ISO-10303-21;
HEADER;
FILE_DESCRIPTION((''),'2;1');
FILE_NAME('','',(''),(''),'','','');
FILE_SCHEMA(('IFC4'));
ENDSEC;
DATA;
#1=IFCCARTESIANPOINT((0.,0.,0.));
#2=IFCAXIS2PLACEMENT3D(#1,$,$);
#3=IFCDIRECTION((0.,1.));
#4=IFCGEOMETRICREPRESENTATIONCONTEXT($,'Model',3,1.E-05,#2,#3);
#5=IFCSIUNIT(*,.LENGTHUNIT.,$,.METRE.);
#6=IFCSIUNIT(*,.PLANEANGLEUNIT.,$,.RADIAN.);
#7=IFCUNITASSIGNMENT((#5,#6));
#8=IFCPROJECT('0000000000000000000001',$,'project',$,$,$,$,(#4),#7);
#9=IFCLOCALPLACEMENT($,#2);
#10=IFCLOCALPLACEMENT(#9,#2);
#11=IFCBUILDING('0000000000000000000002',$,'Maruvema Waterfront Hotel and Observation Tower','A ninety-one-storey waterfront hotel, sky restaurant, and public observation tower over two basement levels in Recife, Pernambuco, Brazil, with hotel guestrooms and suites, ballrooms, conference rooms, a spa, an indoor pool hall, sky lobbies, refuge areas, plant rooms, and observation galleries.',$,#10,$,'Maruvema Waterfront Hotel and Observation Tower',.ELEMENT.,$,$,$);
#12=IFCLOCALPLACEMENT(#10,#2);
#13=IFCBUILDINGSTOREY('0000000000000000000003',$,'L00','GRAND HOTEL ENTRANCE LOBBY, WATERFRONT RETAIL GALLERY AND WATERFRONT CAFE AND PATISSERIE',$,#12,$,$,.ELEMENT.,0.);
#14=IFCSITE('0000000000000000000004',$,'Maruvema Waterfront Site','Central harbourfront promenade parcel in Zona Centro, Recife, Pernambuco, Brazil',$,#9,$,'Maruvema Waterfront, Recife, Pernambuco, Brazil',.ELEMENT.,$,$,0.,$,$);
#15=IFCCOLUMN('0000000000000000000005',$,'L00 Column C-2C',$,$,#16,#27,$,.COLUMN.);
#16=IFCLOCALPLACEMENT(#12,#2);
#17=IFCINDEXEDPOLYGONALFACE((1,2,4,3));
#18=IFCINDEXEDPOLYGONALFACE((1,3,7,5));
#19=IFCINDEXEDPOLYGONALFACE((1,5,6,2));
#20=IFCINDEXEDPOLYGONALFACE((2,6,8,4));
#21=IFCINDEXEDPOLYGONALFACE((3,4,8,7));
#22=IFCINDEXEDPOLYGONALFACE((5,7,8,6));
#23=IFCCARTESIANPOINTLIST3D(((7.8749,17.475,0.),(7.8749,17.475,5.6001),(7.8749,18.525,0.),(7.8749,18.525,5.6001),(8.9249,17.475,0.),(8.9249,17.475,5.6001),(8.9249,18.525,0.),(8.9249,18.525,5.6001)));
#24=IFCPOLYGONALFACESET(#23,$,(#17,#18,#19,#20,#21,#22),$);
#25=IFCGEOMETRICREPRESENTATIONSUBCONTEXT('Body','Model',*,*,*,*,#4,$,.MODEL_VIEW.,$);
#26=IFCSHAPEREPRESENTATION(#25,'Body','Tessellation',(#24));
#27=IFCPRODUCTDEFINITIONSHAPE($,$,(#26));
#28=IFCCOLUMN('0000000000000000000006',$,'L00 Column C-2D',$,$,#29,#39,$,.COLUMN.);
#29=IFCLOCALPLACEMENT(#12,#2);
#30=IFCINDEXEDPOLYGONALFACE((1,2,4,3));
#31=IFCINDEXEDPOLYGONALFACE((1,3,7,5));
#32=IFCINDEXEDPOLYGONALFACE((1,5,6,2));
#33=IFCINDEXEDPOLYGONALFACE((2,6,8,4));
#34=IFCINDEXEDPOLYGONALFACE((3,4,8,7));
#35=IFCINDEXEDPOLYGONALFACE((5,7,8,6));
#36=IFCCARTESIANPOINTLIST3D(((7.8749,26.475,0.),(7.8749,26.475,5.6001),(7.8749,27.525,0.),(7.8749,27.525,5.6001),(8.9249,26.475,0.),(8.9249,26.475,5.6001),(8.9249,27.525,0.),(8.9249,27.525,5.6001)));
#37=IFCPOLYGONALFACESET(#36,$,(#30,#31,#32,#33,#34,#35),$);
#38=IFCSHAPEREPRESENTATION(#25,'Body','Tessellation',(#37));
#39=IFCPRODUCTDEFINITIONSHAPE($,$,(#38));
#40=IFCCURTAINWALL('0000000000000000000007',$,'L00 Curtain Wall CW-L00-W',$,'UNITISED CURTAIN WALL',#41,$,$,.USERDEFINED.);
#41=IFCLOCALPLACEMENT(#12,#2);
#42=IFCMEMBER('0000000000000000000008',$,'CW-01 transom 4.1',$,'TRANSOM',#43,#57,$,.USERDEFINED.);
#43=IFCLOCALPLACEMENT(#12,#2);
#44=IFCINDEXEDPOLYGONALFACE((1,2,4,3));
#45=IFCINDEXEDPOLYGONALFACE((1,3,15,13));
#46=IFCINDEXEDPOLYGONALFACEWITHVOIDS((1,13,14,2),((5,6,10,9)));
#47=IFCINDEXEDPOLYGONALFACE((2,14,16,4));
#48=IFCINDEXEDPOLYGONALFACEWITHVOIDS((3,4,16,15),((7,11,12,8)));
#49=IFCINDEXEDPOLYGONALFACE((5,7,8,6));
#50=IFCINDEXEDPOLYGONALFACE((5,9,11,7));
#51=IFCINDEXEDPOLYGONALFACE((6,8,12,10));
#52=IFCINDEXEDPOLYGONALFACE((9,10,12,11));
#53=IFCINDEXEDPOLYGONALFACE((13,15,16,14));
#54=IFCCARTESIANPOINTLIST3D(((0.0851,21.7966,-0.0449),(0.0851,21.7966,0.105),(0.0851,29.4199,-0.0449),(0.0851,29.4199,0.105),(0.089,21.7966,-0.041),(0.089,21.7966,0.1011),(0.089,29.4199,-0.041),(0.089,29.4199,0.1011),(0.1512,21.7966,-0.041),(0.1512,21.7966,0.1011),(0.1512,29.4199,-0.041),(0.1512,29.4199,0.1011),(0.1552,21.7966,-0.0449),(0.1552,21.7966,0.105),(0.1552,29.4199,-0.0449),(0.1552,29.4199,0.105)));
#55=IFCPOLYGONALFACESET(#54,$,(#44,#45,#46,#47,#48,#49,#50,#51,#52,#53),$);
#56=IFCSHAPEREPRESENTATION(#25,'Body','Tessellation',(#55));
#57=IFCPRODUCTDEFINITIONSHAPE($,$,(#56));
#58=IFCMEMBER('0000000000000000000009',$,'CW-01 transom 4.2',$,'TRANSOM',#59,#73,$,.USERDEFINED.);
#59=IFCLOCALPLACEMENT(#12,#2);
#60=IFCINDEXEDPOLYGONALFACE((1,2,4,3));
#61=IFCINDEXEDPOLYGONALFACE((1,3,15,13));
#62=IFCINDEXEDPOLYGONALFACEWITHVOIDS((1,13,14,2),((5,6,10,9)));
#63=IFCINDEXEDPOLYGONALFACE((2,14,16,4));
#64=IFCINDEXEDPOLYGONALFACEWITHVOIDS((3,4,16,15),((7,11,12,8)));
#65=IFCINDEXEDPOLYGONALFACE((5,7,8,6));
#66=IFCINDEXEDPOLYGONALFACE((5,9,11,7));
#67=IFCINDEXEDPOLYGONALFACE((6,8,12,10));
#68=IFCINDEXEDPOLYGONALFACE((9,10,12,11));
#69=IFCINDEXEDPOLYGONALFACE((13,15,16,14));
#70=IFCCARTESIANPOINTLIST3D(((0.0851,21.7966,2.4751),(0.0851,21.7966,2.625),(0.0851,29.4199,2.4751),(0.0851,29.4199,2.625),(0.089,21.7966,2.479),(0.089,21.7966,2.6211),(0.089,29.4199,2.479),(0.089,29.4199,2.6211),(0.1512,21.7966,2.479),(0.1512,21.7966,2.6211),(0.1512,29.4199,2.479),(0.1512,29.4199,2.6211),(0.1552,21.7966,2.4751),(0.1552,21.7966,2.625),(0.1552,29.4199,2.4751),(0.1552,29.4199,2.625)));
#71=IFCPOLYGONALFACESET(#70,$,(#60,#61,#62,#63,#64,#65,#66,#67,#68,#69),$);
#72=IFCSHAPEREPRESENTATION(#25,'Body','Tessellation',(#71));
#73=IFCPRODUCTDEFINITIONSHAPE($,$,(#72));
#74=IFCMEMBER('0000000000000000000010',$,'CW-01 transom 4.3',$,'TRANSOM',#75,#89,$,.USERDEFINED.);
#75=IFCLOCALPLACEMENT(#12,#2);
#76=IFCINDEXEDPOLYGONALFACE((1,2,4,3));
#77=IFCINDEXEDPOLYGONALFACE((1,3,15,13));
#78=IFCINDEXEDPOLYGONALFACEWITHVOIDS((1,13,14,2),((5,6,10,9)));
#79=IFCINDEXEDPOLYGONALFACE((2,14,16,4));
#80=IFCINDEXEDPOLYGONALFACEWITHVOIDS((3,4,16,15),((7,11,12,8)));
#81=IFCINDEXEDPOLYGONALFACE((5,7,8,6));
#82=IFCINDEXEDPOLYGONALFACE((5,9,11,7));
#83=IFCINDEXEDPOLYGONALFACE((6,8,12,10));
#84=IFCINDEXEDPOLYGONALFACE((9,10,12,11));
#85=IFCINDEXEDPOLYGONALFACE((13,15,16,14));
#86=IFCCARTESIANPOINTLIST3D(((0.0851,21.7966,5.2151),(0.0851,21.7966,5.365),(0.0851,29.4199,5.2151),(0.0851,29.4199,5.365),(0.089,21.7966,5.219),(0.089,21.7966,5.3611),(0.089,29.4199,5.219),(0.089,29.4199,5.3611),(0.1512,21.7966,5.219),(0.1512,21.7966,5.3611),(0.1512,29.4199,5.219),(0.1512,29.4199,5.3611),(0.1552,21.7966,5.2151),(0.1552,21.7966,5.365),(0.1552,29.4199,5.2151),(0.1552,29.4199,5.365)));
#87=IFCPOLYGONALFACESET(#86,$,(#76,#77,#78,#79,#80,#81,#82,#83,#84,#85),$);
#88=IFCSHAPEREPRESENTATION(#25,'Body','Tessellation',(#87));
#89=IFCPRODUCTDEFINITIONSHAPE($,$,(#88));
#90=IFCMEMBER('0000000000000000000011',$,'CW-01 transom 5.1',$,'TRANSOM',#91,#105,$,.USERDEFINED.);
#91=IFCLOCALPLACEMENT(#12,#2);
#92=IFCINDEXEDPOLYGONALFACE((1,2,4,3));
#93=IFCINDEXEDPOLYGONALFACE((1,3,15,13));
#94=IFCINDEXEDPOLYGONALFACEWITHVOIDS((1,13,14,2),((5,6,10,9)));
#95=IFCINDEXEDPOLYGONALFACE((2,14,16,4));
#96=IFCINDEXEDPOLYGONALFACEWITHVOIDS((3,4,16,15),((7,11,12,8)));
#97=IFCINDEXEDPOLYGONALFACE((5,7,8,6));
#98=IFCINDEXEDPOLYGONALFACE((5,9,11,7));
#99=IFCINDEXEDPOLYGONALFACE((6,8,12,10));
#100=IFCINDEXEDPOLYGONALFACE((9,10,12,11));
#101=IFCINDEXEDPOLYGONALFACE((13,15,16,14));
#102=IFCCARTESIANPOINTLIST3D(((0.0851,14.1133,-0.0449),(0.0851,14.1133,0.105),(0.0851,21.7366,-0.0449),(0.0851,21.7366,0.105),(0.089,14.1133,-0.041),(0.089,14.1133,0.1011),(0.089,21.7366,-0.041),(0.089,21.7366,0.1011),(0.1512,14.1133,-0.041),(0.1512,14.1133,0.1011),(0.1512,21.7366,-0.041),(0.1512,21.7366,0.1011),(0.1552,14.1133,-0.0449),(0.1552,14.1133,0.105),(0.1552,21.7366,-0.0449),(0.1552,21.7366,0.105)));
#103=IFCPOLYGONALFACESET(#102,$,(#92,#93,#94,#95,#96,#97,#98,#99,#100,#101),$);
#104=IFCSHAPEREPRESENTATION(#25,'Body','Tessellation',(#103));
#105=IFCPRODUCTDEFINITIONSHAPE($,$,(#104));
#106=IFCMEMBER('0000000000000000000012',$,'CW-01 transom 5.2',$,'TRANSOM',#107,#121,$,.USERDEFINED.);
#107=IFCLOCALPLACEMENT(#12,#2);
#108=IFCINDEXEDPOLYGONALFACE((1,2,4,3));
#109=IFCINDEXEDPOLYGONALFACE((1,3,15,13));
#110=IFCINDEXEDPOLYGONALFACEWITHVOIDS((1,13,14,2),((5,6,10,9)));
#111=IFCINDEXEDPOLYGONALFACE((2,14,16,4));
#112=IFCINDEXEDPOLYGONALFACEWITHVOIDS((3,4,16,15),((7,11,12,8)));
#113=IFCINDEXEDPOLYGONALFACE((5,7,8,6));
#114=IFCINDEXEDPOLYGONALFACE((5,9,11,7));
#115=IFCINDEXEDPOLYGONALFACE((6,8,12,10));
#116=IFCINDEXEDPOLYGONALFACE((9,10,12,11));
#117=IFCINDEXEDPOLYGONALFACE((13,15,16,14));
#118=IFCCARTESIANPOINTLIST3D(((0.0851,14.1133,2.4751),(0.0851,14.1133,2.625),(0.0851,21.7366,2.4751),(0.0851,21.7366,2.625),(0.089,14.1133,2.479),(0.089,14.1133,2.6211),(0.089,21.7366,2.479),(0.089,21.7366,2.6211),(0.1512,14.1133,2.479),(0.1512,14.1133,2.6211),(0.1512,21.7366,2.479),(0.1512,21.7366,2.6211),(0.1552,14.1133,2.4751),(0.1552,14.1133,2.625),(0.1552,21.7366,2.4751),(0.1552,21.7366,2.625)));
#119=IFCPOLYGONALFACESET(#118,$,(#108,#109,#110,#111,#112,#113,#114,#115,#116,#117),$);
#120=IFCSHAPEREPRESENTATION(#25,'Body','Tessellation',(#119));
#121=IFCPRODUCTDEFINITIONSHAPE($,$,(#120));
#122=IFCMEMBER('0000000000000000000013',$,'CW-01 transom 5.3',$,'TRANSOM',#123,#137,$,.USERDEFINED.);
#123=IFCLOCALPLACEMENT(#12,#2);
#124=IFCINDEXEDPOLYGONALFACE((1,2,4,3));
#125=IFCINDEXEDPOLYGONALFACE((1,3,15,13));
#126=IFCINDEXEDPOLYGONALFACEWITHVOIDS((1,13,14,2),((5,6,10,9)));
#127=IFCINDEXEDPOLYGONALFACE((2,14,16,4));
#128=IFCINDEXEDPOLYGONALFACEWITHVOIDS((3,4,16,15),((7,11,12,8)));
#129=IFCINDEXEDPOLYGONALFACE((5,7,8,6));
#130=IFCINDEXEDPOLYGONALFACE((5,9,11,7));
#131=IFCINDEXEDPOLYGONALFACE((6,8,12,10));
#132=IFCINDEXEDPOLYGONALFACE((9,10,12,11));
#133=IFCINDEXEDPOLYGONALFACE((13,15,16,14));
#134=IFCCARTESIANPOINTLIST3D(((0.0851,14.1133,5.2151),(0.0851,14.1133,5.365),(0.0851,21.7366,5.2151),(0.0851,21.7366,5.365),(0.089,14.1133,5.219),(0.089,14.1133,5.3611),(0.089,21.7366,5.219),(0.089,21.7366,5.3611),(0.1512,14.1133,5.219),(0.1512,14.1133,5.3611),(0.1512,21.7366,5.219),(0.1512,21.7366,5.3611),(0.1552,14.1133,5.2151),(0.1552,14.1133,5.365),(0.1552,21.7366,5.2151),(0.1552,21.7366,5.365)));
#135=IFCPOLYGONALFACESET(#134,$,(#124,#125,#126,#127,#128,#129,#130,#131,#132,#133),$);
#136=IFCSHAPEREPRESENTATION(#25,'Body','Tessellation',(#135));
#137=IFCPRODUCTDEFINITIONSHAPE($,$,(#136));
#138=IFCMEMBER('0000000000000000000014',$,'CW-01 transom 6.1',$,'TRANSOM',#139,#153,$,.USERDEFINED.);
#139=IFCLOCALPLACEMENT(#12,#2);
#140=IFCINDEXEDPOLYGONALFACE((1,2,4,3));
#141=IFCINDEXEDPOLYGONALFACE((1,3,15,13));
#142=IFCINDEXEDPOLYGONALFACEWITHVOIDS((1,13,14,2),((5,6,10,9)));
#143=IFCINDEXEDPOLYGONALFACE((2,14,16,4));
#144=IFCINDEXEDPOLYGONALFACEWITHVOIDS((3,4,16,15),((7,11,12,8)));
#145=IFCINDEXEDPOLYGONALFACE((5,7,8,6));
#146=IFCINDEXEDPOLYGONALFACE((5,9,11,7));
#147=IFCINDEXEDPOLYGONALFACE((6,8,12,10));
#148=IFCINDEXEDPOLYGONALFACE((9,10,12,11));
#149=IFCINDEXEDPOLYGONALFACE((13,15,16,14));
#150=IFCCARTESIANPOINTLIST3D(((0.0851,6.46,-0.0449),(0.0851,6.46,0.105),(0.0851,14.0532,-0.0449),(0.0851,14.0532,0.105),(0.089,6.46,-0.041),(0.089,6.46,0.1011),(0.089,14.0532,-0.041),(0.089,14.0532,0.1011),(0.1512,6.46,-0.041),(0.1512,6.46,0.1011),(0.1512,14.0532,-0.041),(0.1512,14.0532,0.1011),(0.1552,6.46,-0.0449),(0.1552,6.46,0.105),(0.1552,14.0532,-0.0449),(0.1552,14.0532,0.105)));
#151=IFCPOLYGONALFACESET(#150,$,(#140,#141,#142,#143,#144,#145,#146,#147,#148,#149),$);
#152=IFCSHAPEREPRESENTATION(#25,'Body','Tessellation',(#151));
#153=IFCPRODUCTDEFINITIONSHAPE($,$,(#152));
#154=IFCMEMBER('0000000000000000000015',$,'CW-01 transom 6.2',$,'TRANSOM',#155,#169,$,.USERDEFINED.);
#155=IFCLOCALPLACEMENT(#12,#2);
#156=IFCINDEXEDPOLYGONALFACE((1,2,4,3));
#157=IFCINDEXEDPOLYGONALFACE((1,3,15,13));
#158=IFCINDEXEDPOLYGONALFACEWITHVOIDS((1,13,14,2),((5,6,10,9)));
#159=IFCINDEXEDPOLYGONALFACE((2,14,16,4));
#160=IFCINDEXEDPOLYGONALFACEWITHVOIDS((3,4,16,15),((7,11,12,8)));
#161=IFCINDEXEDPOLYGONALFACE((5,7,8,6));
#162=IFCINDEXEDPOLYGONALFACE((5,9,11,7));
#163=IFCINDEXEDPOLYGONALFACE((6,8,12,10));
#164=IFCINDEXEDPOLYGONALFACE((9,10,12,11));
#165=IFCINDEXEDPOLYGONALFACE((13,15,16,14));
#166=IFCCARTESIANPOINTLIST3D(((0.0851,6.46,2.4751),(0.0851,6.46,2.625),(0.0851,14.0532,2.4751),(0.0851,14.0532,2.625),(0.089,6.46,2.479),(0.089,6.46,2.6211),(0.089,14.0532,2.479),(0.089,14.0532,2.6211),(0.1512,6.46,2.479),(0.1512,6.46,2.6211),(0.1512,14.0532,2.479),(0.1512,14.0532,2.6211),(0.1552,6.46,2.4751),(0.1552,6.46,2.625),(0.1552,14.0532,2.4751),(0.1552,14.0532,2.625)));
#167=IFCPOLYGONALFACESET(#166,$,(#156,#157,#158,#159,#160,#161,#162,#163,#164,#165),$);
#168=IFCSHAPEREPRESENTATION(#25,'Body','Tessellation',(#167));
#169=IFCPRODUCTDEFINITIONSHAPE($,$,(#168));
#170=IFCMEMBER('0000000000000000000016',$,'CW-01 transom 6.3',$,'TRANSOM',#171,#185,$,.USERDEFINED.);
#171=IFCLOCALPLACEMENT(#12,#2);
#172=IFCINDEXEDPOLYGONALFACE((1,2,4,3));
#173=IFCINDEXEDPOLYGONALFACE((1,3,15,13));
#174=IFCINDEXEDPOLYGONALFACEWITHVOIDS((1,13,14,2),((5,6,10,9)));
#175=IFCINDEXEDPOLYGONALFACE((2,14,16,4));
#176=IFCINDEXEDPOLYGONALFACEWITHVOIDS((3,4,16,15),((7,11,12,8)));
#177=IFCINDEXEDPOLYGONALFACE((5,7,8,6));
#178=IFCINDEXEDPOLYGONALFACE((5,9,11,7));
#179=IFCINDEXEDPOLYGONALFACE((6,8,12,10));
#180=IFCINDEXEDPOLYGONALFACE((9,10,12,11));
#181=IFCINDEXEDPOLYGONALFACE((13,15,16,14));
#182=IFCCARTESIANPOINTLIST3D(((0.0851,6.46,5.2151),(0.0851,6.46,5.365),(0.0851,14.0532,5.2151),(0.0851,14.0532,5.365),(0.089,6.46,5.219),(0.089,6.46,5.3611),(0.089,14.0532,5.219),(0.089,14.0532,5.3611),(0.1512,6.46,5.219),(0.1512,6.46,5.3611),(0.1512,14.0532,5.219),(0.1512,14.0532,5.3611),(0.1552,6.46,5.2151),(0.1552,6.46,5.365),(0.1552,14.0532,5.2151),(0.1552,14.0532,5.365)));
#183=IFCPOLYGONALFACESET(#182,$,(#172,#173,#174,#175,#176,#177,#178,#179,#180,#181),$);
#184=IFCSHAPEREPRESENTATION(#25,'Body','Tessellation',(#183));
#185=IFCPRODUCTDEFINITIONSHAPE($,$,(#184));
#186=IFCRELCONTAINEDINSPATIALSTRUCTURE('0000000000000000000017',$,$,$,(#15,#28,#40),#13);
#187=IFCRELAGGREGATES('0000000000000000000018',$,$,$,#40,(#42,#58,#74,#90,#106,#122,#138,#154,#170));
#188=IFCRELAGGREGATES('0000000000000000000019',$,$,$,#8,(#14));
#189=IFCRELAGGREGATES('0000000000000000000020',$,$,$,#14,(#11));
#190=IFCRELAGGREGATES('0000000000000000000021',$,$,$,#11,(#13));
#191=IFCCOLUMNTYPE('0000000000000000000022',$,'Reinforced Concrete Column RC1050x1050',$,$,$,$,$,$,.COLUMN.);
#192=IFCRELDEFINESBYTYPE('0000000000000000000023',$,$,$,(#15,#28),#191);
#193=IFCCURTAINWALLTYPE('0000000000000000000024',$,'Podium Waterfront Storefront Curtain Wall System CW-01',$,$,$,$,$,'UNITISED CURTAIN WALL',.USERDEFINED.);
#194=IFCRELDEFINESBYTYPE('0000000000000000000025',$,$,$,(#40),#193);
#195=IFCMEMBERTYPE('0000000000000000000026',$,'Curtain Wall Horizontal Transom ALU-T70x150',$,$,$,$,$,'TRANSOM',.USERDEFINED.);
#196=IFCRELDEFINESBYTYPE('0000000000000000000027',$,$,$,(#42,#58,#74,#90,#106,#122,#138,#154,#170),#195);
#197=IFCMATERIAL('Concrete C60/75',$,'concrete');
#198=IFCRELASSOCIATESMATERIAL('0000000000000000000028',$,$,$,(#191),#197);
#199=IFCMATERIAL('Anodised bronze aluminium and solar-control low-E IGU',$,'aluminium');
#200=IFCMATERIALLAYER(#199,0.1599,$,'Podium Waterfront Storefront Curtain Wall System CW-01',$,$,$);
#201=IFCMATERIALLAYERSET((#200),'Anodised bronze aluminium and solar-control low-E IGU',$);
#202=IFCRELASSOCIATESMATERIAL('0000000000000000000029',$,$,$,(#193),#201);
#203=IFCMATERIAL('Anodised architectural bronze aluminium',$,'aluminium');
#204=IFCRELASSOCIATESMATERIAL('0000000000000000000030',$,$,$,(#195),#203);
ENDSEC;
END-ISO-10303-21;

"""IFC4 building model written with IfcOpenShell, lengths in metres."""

from ifc_helpers import new_model, si_unit, direction, frame, origin, origin_2d, place, context, subcontext, project, spatial, rectangle, hollow_rectangle, extrude, material, layer, layer_set, material_profile, profile_set, type_object, element, aggregate, save


model = new_model("IFC4")

# Units and contexts
model_context = context("Model", 3, precision=1e-05, world=origin(), true_north=direction((0.0, 1.0)))
body_context = subcontext(model_context, "Body", "Model", "MODEL_VIEW")
ifc_project = project(units=[si_unit("LENGTHUNIT", "METRE"), si_unit("PLANEANGLEUNIT", "RADIAN")], contexts=[model_context])

# Site, building, storey
site_placement = place(None, origin())
site = spatial("IfcSite", under=ifc_project, at=site_placement, Name="Maruvema Waterfront Site", Description="Central harbourfront promenade parcel in Zona Centro, Recife, Pernambuco, Brazil", LongName="Maruvema Waterfront, Recife, Pernambuco, Brazil", CompositionType="ELEMENT", RefElevation=0.0)
building_placement = place(site_placement, origin())
building = spatial("IfcBuilding", under=site, at=building_placement, Name="Maruvema Waterfront Hotel and Observation Tower", Description="A ninety-one-storey waterfront hotel, sky restaurant, and public observation tower over two basement levels in Recife, Pernambuco, Brazil, with hotel guestrooms and suites, ballrooms, conference rooms, a spa, an indoor pool hall, sky lobbies, refuge areas, plant rooms, and observation galleries.", LongName="Maruvema Waterfront Hotel and Observation Tower", CompositionType="ELEMENT")
storey_placement = place(building_placement, origin())
storey = spatial("IfcBuildingStorey", under=building, at=storey_placement, Name="L00", Description="GRAND HOTEL ENTRANCE LOBBY, WATERFRONT RETAIL GALLERY AND WATERFRONT CAFE AND PATISSERIE", CompositionType="ELEMENT", Elevation=0.0)

# Columns
ifc_material_1 = material(Name="Concrete C60/75", Category="concrete")
ifc_material_profile_1 = material_profile(ifc_material_1, rectangle(XDim=1.05, YDim=1.05, at=origin_2d()), Name="RC1050x1050")
ifc_profile_set_1 = profile_set([ifc_material_profile_1], Name="Concrete C60/75")
column_type = type_object("IfcColumnType", Name="Reinforced Concrete Column RC1050x1050", PredefinedType="COLUMN", material=ifc_profile_set_1)
for number, where, z_axis, x_axis, name in (
    (1, (8.3999, 18.0, 0.0), (0.0, 0.0, 1.0), (1.0, 0.0, 0.0), "L00 Column C-2C"),
    (2, (8.3999, 27.0, 0.0), (0.0, 0.0, 1.0), (1.0, 0.0, 0.0), "L00 Column C-2D"),
):
    element("IfcColumn", number, at=place(storey_placement, frame(where, z_axis=z_axis, x_axis=x_axis)), inside=storey, type_object=column_type, Name=name, PredefinedType="COLUMN", context=body_context, shape_type="SweptSolid", body=[
        extrude(rectangle(XDim=1.05, YDim=1.05, at=origin_2d()), origin(), (0.0, 0.0, 1.0), 5.6001),
    ])

# Curtain wall, members
ifc_material_2 = material(Name="Anodised bronze aluminium and solar-control low-E IGU", Category="aluminium")
ifc_layer_1 = layer(ifc_material_2, 0.1599, Name="Podium Waterfront Storefront Curtain Wall System CW-01")
ifc_layer_set_1 = layer_set([ifc_layer_1], Name="Anodised bronze aluminium and solar-control low-E IGU")
curtain_wall_type = type_object("IfcCurtainWallType", Name="Podium Waterfront Storefront Curtain Wall System CW-01", ElementType="UNITISED CURTAIN WALL", PredefinedType="USERDEFINED", material=ifc_layer_set_1)
curtain_wall_placement = place(storey_placement, origin())
curtain_wall = element("IfcCurtainWall", 3, at=curtain_wall_placement, inside=storey, type_object=curtain_wall_type, Name="L00 Curtain Wall CW-L00-W", ObjectType="UNITISED CURTAIN WALL", PredefinedType="USERDEFINED")
ifc_material_3 = material(Name="Anodised architectural bronze aluminium", Category="aluminium")
ifc_material_profile_2 = material_profile(ifc_material_3, hollow_rectangle(XDim=0.0701, YDim=0.1499, WallThickness=0.0039, at=origin_2d()), Name="ALU-T70x150")
ifc_profile_set_2 = profile_set([ifc_material_profile_2], Name="Anodised architectural bronze aluminium")
member_type_1 = type_object("IfcMemberType", Name="Curtain Wall Horizontal Transom ALU-T70x150", ElementType="TRANSOM", PredefinedType="USERDEFINED", material=ifc_profile_set_2)
member_1_placement = place(storey_placement, frame((0.1201, 29.4199, 0.03), z_axis=(0.0, -1.0, 0.0), x_axis=(1.0, 0.0, 0.0)))
member_1 = element("IfcMember", 4, at=member_1_placement, type_object=member_type_1, Name="CW-01 transom 4.1", ObjectType="TRANSOM", PredefinedType="USERDEFINED", context=body_context, shape_type="SweptSolid", body=[
    extrude(hollow_rectangle(XDim=0.0701, YDim=0.1499, WallThickness=0.0039, at=origin_2d()), origin(), (0.0, 0.0, 1.0), 7.6233),
])
member_2_placement = place(storey_placement, frame((0.1201, 29.4199, 2.55), z_axis=(0.0, -1.0, 0.0), x_axis=(1.0, 0.0, 0.0)))
member_2 = element("IfcMember", 5, at=member_2_placement, type_object=member_type_1, Name="CW-01 transom 4.2", ObjectType="TRANSOM", PredefinedType="USERDEFINED", context=body_context, shape_type="SweptSolid", body=[
    extrude(hollow_rectangle(XDim=0.0701, YDim=0.1499, WallThickness=0.0039, at=origin_2d()), origin(), (0.0, 0.0, 1.0), 7.6233),
])
member_3_placement = place(storey_placement, frame((0.1201, 29.4199, 5.29), z_axis=(0.0, -1.0, 0.0), x_axis=(1.0, 0.0, 0.0)))
member_3 = element("IfcMember", 6, at=member_3_placement, type_object=member_type_1, Name="CW-01 transom 4.3", ObjectType="TRANSOM", PredefinedType="USERDEFINED", context=body_context, shape_type="SweptSolid", body=[
    extrude(hollow_rectangle(XDim=0.0701, YDim=0.1499, WallThickness=0.0039, at=origin_2d()), origin(), (0.0, 0.0, 1.0), 7.6233),
])
member_4_placement = place(storey_placement, frame((0.1201, 21.7366, 0.03), z_axis=(0.0, -1.0, 0.0), x_axis=(1.0, 0.0, 0.0)))
member_4 = element("IfcMember", 7, at=member_4_placement, type_object=member_type_1, Name="CW-01 transom 5.1", ObjectType="TRANSOM", PredefinedType="USERDEFINED", context=body_context, shape_type="SweptSolid", body=[
    extrude(hollow_rectangle(XDim=0.0701, YDim=0.1499, WallThickness=0.0039, at=origin_2d()), origin(), (0.0, 0.0, 1.0), 7.6233),
])
member_5_placement = place(storey_placement, frame((0.1201, 21.7366, 2.55), z_axis=(0.0, -1.0, 0.0), x_axis=(1.0, 0.0, 0.0)))
member_5 = element("IfcMember", 8, at=member_5_placement, type_object=member_type_1, Name="CW-01 transom 5.2", ObjectType="TRANSOM", PredefinedType="USERDEFINED", context=body_context, shape_type="SweptSolid", body=[
    extrude(hollow_rectangle(XDim=0.0701, YDim=0.1499, WallThickness=0.0039, at=origin_2d()), origin(), (0.0, 0.0, 1.0), 7.6233),
])
member_6_placement = place(storey_placement, frame((0.1201, 21.7366, 5.29), z_axis=(0.0, -1.0, 0.0), x_axis=(1.0, 0.0, 0.0)))
member_6 = element("IfcMember", 9, at=member_6_placement, type_object=member_type_1, Name="CW-01 transom 5.3", ObjectType="TRANSOM", PredefinedType="USERDEFINED", context=body_context, shape_type="SweptSolid", body=[
    extrude(hollow_rectangle(XDim=0.0701, YDim=0.1499, WallThickness=0.0039, at=origin_2d()), origin(), (0.0, 0.0, 1.0), 7.6233),
])
member_7_placement = place(storey_placement, frame((0.1201, 14.0532, 0.03), z_axis=(0.0, -1.0, 0.0), x_axis=(1.0, 0.0, 0.0)))
member_7 = element("IfcMember", 10, at=member_7_placement, type_object=member_type_1, Name="CW-01 transom 6.1", ObjectType="TRANSOM", PredefinedType="USERDEFINED", context=body_context, shape_type="SweptSolid", body=[
    extrude(hollow_rectangle(XDim=0.0701, YDim=0.1499, WallThickness=0.0039, at=origin_2d()), origin(), (0.0, 0.0, 1.0), 7.5933),
])
member_8_placement = place(storey_placement, frame((0.1201, 14.0532, 2.55), z_axis=(0.0, -1.0, 0.0), x_axis=(1.0, 0.0, 0.0)))
member_8 = element("IfcMember", 11, at=member_8_placement, type_object=member_type_1, Name="CW-01 transom 6.2", ObjectType="TRANSOM", PredefinedType="USERDEFINED", context=body_context, shape_type="SweptSolid", body=[
    extrude(hollow_rectangle(XDim=0.0701, YDim=0.1499, WallThickness=0.0039, at=origin_2d()), origin(), (0.0, 0.0, 1.0), 7.5933),
])
member_9_placement = place(storey_placement, frame((0.1201, 14.0532, 5.29), z_axis=(0.0, -1.0, 0.0), x_axis=(1.0, 0.0, 0.0)))
member_9 = element("IfcMember", 12, at=member_9_placement, type_object=member_type_1, Name="CW-01 transom 6.3", ObjectType="TRANSOM", PredefinedType="USERDEFINED", context=body_context, shape_type="SweptSolid", body=[
    extrude(hollow_rectangle(XDim=0.0701, YDim=0.1499, WallThickness=0.0039, at=origin_2d()), origin(), (0.0, 0.0, 1.0), 7.5933),
])

aggregate(curtain_wall, [member_1, member_2, member_3, member_4, member_5, member_6, member_7, member_8, member_9])

save(model, "model.ifc")
